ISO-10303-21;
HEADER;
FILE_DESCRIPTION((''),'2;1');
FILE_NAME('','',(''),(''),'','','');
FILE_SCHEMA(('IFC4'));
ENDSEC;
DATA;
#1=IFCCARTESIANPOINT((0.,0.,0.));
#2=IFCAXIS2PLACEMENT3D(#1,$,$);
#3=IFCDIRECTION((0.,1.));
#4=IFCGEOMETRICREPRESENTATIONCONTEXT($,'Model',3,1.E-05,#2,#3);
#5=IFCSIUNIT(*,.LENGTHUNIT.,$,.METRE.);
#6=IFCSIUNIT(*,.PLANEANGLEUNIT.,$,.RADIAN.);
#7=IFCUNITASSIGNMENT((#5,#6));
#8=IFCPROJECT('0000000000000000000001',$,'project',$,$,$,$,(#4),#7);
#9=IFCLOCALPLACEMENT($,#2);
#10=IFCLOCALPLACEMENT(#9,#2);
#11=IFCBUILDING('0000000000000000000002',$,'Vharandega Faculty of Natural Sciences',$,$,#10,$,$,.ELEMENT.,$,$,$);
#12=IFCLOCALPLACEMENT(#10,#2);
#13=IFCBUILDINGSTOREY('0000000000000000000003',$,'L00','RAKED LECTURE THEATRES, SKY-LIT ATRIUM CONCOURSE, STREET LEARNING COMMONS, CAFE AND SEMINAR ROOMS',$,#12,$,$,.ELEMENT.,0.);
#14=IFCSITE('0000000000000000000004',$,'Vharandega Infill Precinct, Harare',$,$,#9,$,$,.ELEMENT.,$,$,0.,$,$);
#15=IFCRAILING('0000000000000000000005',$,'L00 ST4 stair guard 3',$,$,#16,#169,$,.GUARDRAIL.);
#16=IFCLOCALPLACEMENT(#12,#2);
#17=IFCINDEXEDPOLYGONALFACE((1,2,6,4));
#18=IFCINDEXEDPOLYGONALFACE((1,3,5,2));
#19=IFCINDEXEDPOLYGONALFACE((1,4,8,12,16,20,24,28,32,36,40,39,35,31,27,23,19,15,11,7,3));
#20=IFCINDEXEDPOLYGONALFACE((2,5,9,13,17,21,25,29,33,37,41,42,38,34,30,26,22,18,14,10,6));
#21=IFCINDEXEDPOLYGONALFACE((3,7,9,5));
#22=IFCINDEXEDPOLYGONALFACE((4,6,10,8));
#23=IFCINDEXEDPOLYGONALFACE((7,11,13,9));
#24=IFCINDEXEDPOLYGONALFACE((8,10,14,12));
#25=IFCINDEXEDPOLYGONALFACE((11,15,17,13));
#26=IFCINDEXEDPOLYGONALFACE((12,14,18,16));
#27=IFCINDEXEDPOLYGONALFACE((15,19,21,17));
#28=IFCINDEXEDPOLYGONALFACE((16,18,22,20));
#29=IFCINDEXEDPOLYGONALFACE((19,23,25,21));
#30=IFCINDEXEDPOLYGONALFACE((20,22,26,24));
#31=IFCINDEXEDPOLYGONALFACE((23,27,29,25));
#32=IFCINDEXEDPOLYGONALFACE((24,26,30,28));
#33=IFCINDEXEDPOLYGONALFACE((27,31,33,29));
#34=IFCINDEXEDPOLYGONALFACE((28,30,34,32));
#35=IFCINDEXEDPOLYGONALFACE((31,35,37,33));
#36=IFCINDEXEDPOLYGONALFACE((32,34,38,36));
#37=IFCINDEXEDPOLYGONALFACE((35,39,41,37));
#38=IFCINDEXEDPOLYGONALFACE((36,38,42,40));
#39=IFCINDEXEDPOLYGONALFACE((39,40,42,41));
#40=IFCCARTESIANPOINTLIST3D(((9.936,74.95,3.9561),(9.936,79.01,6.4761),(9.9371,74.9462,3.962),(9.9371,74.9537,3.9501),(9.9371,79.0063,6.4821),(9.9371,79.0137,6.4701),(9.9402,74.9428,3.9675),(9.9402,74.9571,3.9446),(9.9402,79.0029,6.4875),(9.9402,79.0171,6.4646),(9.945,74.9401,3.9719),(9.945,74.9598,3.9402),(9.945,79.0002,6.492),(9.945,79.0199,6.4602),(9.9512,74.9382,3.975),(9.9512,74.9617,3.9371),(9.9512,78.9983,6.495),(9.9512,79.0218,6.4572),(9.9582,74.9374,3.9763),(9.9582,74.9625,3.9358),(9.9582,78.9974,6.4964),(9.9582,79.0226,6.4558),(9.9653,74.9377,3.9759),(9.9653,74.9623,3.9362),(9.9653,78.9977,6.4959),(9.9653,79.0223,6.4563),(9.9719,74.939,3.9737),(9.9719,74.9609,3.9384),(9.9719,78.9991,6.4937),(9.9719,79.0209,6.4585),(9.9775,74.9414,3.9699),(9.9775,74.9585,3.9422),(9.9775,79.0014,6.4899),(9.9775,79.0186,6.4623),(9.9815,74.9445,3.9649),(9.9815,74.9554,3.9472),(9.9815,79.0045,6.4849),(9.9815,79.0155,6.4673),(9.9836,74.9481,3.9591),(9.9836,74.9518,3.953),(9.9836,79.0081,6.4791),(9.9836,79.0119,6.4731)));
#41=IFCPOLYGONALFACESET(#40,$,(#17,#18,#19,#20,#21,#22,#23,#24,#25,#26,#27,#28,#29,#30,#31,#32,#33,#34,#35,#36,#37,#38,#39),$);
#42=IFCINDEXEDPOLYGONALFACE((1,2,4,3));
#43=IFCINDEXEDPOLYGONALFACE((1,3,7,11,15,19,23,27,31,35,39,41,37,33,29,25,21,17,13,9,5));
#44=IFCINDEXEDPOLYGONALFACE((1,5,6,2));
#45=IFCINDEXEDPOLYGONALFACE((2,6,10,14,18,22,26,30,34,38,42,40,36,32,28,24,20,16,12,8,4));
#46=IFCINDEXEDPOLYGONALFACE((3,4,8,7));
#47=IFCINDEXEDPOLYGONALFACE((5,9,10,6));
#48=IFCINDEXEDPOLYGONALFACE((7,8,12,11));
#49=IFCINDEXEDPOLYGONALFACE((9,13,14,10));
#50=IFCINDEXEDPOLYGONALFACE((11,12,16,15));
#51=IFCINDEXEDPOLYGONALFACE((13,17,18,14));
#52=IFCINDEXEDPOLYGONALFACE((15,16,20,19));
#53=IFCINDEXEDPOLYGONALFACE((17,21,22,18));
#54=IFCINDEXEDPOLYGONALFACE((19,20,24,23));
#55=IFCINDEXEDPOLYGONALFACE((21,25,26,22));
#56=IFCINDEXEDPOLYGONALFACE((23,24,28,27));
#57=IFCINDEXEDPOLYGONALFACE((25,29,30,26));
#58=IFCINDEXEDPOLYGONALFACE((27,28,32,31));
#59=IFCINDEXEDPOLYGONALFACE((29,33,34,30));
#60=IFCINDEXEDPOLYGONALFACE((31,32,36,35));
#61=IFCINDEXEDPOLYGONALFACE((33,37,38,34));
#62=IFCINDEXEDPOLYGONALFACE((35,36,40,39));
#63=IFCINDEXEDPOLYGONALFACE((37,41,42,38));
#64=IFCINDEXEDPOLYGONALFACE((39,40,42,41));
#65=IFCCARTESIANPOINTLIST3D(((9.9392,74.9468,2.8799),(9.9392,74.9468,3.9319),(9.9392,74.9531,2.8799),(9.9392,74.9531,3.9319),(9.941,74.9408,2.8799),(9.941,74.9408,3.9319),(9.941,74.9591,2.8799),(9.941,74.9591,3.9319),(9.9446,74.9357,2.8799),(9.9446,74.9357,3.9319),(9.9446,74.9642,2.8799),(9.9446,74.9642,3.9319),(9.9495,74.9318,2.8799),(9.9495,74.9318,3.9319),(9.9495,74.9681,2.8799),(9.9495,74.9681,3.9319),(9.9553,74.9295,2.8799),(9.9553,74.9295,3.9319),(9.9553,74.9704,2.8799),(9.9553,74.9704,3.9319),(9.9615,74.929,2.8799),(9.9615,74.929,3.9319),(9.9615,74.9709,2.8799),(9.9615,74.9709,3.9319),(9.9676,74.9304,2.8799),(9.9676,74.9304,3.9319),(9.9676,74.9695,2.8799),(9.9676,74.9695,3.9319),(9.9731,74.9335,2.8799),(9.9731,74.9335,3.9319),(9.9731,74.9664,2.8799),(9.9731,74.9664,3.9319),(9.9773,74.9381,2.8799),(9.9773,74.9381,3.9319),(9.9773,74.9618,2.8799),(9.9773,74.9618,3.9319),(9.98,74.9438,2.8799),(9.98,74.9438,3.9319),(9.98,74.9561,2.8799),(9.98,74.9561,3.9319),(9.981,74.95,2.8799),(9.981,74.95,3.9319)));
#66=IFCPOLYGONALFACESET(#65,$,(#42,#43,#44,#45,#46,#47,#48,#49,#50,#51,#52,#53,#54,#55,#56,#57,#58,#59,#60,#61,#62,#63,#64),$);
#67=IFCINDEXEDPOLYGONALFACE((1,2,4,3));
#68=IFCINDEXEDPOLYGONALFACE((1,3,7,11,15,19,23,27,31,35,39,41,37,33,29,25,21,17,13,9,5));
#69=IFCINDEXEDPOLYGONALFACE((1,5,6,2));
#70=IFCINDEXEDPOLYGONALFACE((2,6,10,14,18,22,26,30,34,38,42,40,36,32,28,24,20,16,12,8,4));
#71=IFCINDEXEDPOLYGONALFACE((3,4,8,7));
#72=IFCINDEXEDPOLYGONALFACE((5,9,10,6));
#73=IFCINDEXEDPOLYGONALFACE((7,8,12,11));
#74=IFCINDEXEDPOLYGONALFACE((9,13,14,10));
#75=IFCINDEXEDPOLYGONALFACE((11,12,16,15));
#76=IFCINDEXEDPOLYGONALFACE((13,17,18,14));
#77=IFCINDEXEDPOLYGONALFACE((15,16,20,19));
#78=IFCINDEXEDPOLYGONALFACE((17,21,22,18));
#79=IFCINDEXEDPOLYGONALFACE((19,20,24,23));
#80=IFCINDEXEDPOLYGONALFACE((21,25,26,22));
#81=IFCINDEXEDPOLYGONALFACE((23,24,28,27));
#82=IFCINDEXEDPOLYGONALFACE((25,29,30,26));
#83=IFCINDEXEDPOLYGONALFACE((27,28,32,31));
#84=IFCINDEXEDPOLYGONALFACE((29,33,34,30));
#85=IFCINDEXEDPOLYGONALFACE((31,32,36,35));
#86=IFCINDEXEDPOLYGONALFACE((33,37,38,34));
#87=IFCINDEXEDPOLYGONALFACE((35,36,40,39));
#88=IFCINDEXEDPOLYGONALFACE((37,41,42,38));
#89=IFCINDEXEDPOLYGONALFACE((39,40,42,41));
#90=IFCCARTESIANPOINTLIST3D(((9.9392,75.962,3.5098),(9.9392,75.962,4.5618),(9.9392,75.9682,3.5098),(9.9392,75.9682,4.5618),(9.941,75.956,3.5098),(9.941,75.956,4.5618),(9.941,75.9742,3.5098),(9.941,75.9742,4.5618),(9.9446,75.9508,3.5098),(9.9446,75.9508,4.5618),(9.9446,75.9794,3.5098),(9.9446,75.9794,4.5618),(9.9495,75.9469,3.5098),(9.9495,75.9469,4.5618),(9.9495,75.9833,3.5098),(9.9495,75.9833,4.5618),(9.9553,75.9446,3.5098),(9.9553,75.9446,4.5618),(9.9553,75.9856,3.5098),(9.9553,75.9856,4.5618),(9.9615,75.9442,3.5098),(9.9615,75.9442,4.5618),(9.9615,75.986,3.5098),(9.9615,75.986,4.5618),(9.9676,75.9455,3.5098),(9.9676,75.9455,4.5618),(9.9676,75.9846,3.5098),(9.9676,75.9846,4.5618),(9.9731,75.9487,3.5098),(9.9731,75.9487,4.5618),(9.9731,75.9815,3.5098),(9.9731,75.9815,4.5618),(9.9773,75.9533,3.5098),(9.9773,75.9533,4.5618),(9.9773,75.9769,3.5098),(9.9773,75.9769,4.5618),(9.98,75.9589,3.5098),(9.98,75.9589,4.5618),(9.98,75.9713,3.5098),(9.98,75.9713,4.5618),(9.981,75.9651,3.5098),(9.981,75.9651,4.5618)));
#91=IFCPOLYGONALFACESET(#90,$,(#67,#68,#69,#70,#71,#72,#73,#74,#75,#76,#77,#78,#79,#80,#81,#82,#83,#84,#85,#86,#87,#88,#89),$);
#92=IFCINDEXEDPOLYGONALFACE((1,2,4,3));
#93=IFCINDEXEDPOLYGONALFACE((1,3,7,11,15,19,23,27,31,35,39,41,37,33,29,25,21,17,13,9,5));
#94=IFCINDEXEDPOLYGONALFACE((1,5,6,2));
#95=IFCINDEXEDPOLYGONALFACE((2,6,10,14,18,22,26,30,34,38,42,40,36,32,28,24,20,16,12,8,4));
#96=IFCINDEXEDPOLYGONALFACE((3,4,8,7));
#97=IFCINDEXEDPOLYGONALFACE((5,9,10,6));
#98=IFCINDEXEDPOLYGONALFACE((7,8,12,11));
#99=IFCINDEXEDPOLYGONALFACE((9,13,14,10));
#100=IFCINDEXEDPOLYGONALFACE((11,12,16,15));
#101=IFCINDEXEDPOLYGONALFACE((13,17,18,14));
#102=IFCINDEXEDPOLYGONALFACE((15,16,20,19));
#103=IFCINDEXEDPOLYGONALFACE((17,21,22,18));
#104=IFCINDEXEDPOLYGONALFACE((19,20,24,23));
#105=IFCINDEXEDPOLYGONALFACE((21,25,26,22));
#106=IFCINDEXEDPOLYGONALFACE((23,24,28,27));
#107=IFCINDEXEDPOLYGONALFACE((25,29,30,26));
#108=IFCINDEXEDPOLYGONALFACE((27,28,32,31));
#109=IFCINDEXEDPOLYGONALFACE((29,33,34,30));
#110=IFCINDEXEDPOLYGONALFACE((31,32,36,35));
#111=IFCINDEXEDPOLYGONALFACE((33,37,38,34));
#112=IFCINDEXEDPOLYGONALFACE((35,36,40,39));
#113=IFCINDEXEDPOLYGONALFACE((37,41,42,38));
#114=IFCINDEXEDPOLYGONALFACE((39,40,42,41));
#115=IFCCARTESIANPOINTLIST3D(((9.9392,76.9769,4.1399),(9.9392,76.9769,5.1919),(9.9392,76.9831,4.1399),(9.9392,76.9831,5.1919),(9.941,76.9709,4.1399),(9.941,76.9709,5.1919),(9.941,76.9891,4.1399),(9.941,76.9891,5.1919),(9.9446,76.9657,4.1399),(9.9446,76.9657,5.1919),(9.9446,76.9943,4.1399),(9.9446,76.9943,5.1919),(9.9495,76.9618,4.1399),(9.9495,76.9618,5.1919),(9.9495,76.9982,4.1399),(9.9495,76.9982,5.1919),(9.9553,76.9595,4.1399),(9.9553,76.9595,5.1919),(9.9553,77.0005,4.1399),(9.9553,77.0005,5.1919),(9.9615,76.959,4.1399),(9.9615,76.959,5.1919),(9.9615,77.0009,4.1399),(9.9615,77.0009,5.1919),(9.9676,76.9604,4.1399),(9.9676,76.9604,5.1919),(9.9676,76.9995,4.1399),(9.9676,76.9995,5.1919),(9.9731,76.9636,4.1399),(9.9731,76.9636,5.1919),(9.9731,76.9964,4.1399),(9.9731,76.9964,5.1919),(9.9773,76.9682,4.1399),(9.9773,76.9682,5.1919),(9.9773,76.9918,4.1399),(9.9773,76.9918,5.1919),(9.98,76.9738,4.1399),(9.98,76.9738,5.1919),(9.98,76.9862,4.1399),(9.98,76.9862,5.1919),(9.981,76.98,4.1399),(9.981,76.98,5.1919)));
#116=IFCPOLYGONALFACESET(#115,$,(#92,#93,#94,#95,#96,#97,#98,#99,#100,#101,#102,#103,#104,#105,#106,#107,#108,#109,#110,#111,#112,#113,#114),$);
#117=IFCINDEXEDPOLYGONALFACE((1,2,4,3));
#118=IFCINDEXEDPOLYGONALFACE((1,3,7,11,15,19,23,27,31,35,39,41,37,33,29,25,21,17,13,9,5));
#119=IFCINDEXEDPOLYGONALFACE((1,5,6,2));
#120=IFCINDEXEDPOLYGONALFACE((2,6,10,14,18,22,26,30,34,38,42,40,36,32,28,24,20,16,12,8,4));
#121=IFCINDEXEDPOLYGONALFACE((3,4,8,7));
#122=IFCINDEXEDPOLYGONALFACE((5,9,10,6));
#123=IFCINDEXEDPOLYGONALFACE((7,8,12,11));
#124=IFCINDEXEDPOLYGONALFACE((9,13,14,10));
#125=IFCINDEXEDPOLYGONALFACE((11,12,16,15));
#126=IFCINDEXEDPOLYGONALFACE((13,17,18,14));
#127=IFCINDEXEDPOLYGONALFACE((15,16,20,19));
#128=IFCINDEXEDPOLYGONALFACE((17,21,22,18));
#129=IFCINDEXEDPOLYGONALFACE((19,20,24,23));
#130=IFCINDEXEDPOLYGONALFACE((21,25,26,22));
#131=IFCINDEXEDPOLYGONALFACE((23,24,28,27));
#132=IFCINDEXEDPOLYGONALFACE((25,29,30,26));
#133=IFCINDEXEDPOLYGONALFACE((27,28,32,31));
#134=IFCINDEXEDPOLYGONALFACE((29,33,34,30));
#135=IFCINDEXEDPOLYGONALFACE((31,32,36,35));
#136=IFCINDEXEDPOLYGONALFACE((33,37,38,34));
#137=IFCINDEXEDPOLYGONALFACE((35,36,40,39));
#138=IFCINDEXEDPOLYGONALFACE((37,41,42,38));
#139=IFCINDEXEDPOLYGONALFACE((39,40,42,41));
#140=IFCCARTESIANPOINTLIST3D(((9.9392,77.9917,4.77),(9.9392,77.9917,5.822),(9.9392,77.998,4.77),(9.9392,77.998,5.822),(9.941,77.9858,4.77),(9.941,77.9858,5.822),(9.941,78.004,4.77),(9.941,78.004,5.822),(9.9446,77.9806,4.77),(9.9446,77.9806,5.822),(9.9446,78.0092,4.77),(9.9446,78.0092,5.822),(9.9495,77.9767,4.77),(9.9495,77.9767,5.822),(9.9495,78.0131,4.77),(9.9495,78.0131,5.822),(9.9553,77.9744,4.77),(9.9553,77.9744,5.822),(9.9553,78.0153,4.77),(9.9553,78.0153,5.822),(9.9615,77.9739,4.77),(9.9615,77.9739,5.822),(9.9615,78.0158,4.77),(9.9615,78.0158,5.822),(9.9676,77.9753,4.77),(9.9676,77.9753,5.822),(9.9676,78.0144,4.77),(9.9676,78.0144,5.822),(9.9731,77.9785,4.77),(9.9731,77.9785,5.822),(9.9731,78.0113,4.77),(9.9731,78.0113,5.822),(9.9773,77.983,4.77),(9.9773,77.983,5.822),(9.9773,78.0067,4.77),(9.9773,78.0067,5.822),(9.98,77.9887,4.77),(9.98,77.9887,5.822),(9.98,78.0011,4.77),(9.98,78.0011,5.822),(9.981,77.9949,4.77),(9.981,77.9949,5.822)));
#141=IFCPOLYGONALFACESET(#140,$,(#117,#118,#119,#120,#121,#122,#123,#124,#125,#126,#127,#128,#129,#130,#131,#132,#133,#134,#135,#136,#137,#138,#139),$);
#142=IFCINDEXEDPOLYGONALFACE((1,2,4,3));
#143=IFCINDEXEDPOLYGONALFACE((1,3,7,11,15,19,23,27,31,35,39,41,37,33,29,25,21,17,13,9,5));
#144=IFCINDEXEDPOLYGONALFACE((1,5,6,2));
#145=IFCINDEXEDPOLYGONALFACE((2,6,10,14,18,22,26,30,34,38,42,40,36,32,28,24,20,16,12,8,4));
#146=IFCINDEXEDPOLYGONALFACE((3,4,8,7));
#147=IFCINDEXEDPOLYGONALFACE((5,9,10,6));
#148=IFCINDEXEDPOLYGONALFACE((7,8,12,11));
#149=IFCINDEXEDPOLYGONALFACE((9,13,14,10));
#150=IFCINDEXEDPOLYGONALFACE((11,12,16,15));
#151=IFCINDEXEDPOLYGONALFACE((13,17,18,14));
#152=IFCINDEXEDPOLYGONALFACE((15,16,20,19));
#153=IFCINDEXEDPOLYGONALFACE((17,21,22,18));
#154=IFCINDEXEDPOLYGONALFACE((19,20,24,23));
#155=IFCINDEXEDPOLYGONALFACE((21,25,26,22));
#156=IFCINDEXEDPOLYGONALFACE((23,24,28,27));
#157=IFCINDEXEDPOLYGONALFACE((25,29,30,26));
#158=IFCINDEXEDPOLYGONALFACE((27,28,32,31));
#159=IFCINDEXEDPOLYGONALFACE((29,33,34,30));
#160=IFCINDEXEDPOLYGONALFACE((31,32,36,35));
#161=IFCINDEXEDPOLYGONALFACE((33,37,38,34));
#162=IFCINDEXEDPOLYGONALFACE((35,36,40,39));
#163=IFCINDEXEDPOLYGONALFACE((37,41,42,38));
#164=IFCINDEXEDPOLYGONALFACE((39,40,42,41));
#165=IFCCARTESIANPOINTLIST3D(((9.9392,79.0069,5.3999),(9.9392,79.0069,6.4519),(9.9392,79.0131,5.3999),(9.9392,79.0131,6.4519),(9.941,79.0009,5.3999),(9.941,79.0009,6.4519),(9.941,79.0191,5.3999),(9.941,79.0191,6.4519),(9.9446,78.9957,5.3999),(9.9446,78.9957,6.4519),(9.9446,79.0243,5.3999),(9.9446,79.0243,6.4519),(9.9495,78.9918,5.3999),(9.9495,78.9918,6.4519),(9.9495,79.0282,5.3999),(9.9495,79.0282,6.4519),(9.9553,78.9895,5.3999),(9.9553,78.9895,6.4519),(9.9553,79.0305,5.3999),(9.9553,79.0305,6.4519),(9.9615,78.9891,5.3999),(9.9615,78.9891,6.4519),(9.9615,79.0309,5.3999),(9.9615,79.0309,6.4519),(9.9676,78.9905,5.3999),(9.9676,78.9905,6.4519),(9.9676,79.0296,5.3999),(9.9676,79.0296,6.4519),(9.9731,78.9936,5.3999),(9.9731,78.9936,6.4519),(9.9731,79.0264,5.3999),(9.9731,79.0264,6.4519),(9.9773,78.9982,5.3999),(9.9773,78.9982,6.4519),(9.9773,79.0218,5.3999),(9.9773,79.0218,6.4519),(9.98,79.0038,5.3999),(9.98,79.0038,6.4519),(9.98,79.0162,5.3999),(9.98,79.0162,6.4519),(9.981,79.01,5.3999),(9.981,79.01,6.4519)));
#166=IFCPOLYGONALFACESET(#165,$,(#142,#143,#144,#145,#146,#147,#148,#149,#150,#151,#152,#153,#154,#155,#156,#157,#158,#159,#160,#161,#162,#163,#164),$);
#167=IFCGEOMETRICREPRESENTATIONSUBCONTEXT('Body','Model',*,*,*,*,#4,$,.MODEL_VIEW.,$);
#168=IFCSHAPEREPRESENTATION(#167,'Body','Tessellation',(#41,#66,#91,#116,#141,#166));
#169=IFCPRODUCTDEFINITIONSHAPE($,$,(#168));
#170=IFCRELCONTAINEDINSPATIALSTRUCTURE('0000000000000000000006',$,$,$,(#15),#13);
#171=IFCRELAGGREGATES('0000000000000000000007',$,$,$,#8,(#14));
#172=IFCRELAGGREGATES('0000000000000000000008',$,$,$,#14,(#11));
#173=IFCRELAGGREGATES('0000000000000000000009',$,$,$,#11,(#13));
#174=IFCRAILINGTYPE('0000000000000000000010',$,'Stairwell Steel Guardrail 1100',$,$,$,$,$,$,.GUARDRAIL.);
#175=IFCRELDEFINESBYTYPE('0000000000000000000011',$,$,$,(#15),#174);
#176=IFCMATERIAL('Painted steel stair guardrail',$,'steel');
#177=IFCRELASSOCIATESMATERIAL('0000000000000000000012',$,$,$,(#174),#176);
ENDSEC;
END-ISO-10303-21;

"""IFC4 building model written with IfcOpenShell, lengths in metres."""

from ifc_helpers import new_model, si_unit, direction, frame, origin, origin_2d, place, context, subcontext, project, spatial, circle, extrude, material, type_object, element, save


model = new_model("IFC4")

# Units and contexts
model_context = context("Model", 3, precision=1e-05, world=origin(), true_north=direction((0.0, 1.0)))
body_context = subcontext(model_context, "Body", "Model", "MODEL_VIEW")
ifc_project = project(units=[si_unit("LENGTHUNIT", "METRE"), si_unit("PLANEANGLEUNIT", "RADIAN")], contexts=[model_context])

# Site, building, storey
site_placement = place(None, origin())
site = spatial("IfcSite", under=ifc_project, at=site_placement, Name="Vharandega Infill Precinct, Harare", CompositionType="ELEMENT", RefElevation=0.0)
building_placement = place(site_placement, origin())
building = spatial("IfcBuilding", under=site, at=building_placement, Name="Vharandega Faculty of Natural Sciences", CompositionType="ELEMENT")
storey_placement = place(building_placement, origin())
storey = spatial("IfcBuildingStorey", under=building, at=storey_placement, Name="L00", Description="RAKED LECTURE THEATRES, SKY-LIT ATRIUM CONCOURSE, STREET LEARNING COMMONS, CAFE AND SEMINAR ROOMS", CompositionType="ELEMENT", Elevation=0.0)

# Railing
ifc_material_1 = material(Name="Painted steel stair guardrail", Category="steel")
railing_type_1 = type_object("IfcRailingType", Name="Stairwell Steel Guardrail 1100", PredefinedType="GUARDRAIL", material=ifc_material_1)
railing_1_placement = place(storey_placement, frame((9.96, 74.95, 2.8799)))
element("IfcRailing", 1, at=railing_1_placement, inside=storey, type_object=railing_type_1, Name="L00 ST4 stair guard 3", PredefinedType="GUARDRAIL", context=body_context, shape_type="SweptSolid", body=[
    extrude(circle(Radius=0.0239, at=origin_2d()), frame((0.0, 0.0, 1.0762), z_axis=(0.0, 0.849642, 0.52736), x_axis=(-1.0, 0.0, 0.0)), (0.0, 0.0, 1.0), 4.7786),
    extrude(circle(Radius=0.021, at=origin_2d()), origin(), (0.0, 0.0, 1.0), 1.052),
    extrude(circle(Radius=0.021, at=origin_2d()), frame((0.0, 1.0151, 0.6299)), (0.0, 0.0, 1.0), 1.052),
    extrude(circle(Radius=0.021, at=origin_2d()), frame((0.0, 2.03, 1.26)), (0.0, 0.0, 1.0), 1.052),
    extrude(circle(Radius=0.021, at=origin_2d()), frame((0.0, 3.0449, 1.8901)), (0.0, 0.0, 1.0), 1.052),
    extrude(circle(Radius=0.021, at=origin_2d()), frame((0.0, 4.0601, 2.52)), (0.0, 0.0, 1.0), 1.052),
])

save(model, "model.ifc")
